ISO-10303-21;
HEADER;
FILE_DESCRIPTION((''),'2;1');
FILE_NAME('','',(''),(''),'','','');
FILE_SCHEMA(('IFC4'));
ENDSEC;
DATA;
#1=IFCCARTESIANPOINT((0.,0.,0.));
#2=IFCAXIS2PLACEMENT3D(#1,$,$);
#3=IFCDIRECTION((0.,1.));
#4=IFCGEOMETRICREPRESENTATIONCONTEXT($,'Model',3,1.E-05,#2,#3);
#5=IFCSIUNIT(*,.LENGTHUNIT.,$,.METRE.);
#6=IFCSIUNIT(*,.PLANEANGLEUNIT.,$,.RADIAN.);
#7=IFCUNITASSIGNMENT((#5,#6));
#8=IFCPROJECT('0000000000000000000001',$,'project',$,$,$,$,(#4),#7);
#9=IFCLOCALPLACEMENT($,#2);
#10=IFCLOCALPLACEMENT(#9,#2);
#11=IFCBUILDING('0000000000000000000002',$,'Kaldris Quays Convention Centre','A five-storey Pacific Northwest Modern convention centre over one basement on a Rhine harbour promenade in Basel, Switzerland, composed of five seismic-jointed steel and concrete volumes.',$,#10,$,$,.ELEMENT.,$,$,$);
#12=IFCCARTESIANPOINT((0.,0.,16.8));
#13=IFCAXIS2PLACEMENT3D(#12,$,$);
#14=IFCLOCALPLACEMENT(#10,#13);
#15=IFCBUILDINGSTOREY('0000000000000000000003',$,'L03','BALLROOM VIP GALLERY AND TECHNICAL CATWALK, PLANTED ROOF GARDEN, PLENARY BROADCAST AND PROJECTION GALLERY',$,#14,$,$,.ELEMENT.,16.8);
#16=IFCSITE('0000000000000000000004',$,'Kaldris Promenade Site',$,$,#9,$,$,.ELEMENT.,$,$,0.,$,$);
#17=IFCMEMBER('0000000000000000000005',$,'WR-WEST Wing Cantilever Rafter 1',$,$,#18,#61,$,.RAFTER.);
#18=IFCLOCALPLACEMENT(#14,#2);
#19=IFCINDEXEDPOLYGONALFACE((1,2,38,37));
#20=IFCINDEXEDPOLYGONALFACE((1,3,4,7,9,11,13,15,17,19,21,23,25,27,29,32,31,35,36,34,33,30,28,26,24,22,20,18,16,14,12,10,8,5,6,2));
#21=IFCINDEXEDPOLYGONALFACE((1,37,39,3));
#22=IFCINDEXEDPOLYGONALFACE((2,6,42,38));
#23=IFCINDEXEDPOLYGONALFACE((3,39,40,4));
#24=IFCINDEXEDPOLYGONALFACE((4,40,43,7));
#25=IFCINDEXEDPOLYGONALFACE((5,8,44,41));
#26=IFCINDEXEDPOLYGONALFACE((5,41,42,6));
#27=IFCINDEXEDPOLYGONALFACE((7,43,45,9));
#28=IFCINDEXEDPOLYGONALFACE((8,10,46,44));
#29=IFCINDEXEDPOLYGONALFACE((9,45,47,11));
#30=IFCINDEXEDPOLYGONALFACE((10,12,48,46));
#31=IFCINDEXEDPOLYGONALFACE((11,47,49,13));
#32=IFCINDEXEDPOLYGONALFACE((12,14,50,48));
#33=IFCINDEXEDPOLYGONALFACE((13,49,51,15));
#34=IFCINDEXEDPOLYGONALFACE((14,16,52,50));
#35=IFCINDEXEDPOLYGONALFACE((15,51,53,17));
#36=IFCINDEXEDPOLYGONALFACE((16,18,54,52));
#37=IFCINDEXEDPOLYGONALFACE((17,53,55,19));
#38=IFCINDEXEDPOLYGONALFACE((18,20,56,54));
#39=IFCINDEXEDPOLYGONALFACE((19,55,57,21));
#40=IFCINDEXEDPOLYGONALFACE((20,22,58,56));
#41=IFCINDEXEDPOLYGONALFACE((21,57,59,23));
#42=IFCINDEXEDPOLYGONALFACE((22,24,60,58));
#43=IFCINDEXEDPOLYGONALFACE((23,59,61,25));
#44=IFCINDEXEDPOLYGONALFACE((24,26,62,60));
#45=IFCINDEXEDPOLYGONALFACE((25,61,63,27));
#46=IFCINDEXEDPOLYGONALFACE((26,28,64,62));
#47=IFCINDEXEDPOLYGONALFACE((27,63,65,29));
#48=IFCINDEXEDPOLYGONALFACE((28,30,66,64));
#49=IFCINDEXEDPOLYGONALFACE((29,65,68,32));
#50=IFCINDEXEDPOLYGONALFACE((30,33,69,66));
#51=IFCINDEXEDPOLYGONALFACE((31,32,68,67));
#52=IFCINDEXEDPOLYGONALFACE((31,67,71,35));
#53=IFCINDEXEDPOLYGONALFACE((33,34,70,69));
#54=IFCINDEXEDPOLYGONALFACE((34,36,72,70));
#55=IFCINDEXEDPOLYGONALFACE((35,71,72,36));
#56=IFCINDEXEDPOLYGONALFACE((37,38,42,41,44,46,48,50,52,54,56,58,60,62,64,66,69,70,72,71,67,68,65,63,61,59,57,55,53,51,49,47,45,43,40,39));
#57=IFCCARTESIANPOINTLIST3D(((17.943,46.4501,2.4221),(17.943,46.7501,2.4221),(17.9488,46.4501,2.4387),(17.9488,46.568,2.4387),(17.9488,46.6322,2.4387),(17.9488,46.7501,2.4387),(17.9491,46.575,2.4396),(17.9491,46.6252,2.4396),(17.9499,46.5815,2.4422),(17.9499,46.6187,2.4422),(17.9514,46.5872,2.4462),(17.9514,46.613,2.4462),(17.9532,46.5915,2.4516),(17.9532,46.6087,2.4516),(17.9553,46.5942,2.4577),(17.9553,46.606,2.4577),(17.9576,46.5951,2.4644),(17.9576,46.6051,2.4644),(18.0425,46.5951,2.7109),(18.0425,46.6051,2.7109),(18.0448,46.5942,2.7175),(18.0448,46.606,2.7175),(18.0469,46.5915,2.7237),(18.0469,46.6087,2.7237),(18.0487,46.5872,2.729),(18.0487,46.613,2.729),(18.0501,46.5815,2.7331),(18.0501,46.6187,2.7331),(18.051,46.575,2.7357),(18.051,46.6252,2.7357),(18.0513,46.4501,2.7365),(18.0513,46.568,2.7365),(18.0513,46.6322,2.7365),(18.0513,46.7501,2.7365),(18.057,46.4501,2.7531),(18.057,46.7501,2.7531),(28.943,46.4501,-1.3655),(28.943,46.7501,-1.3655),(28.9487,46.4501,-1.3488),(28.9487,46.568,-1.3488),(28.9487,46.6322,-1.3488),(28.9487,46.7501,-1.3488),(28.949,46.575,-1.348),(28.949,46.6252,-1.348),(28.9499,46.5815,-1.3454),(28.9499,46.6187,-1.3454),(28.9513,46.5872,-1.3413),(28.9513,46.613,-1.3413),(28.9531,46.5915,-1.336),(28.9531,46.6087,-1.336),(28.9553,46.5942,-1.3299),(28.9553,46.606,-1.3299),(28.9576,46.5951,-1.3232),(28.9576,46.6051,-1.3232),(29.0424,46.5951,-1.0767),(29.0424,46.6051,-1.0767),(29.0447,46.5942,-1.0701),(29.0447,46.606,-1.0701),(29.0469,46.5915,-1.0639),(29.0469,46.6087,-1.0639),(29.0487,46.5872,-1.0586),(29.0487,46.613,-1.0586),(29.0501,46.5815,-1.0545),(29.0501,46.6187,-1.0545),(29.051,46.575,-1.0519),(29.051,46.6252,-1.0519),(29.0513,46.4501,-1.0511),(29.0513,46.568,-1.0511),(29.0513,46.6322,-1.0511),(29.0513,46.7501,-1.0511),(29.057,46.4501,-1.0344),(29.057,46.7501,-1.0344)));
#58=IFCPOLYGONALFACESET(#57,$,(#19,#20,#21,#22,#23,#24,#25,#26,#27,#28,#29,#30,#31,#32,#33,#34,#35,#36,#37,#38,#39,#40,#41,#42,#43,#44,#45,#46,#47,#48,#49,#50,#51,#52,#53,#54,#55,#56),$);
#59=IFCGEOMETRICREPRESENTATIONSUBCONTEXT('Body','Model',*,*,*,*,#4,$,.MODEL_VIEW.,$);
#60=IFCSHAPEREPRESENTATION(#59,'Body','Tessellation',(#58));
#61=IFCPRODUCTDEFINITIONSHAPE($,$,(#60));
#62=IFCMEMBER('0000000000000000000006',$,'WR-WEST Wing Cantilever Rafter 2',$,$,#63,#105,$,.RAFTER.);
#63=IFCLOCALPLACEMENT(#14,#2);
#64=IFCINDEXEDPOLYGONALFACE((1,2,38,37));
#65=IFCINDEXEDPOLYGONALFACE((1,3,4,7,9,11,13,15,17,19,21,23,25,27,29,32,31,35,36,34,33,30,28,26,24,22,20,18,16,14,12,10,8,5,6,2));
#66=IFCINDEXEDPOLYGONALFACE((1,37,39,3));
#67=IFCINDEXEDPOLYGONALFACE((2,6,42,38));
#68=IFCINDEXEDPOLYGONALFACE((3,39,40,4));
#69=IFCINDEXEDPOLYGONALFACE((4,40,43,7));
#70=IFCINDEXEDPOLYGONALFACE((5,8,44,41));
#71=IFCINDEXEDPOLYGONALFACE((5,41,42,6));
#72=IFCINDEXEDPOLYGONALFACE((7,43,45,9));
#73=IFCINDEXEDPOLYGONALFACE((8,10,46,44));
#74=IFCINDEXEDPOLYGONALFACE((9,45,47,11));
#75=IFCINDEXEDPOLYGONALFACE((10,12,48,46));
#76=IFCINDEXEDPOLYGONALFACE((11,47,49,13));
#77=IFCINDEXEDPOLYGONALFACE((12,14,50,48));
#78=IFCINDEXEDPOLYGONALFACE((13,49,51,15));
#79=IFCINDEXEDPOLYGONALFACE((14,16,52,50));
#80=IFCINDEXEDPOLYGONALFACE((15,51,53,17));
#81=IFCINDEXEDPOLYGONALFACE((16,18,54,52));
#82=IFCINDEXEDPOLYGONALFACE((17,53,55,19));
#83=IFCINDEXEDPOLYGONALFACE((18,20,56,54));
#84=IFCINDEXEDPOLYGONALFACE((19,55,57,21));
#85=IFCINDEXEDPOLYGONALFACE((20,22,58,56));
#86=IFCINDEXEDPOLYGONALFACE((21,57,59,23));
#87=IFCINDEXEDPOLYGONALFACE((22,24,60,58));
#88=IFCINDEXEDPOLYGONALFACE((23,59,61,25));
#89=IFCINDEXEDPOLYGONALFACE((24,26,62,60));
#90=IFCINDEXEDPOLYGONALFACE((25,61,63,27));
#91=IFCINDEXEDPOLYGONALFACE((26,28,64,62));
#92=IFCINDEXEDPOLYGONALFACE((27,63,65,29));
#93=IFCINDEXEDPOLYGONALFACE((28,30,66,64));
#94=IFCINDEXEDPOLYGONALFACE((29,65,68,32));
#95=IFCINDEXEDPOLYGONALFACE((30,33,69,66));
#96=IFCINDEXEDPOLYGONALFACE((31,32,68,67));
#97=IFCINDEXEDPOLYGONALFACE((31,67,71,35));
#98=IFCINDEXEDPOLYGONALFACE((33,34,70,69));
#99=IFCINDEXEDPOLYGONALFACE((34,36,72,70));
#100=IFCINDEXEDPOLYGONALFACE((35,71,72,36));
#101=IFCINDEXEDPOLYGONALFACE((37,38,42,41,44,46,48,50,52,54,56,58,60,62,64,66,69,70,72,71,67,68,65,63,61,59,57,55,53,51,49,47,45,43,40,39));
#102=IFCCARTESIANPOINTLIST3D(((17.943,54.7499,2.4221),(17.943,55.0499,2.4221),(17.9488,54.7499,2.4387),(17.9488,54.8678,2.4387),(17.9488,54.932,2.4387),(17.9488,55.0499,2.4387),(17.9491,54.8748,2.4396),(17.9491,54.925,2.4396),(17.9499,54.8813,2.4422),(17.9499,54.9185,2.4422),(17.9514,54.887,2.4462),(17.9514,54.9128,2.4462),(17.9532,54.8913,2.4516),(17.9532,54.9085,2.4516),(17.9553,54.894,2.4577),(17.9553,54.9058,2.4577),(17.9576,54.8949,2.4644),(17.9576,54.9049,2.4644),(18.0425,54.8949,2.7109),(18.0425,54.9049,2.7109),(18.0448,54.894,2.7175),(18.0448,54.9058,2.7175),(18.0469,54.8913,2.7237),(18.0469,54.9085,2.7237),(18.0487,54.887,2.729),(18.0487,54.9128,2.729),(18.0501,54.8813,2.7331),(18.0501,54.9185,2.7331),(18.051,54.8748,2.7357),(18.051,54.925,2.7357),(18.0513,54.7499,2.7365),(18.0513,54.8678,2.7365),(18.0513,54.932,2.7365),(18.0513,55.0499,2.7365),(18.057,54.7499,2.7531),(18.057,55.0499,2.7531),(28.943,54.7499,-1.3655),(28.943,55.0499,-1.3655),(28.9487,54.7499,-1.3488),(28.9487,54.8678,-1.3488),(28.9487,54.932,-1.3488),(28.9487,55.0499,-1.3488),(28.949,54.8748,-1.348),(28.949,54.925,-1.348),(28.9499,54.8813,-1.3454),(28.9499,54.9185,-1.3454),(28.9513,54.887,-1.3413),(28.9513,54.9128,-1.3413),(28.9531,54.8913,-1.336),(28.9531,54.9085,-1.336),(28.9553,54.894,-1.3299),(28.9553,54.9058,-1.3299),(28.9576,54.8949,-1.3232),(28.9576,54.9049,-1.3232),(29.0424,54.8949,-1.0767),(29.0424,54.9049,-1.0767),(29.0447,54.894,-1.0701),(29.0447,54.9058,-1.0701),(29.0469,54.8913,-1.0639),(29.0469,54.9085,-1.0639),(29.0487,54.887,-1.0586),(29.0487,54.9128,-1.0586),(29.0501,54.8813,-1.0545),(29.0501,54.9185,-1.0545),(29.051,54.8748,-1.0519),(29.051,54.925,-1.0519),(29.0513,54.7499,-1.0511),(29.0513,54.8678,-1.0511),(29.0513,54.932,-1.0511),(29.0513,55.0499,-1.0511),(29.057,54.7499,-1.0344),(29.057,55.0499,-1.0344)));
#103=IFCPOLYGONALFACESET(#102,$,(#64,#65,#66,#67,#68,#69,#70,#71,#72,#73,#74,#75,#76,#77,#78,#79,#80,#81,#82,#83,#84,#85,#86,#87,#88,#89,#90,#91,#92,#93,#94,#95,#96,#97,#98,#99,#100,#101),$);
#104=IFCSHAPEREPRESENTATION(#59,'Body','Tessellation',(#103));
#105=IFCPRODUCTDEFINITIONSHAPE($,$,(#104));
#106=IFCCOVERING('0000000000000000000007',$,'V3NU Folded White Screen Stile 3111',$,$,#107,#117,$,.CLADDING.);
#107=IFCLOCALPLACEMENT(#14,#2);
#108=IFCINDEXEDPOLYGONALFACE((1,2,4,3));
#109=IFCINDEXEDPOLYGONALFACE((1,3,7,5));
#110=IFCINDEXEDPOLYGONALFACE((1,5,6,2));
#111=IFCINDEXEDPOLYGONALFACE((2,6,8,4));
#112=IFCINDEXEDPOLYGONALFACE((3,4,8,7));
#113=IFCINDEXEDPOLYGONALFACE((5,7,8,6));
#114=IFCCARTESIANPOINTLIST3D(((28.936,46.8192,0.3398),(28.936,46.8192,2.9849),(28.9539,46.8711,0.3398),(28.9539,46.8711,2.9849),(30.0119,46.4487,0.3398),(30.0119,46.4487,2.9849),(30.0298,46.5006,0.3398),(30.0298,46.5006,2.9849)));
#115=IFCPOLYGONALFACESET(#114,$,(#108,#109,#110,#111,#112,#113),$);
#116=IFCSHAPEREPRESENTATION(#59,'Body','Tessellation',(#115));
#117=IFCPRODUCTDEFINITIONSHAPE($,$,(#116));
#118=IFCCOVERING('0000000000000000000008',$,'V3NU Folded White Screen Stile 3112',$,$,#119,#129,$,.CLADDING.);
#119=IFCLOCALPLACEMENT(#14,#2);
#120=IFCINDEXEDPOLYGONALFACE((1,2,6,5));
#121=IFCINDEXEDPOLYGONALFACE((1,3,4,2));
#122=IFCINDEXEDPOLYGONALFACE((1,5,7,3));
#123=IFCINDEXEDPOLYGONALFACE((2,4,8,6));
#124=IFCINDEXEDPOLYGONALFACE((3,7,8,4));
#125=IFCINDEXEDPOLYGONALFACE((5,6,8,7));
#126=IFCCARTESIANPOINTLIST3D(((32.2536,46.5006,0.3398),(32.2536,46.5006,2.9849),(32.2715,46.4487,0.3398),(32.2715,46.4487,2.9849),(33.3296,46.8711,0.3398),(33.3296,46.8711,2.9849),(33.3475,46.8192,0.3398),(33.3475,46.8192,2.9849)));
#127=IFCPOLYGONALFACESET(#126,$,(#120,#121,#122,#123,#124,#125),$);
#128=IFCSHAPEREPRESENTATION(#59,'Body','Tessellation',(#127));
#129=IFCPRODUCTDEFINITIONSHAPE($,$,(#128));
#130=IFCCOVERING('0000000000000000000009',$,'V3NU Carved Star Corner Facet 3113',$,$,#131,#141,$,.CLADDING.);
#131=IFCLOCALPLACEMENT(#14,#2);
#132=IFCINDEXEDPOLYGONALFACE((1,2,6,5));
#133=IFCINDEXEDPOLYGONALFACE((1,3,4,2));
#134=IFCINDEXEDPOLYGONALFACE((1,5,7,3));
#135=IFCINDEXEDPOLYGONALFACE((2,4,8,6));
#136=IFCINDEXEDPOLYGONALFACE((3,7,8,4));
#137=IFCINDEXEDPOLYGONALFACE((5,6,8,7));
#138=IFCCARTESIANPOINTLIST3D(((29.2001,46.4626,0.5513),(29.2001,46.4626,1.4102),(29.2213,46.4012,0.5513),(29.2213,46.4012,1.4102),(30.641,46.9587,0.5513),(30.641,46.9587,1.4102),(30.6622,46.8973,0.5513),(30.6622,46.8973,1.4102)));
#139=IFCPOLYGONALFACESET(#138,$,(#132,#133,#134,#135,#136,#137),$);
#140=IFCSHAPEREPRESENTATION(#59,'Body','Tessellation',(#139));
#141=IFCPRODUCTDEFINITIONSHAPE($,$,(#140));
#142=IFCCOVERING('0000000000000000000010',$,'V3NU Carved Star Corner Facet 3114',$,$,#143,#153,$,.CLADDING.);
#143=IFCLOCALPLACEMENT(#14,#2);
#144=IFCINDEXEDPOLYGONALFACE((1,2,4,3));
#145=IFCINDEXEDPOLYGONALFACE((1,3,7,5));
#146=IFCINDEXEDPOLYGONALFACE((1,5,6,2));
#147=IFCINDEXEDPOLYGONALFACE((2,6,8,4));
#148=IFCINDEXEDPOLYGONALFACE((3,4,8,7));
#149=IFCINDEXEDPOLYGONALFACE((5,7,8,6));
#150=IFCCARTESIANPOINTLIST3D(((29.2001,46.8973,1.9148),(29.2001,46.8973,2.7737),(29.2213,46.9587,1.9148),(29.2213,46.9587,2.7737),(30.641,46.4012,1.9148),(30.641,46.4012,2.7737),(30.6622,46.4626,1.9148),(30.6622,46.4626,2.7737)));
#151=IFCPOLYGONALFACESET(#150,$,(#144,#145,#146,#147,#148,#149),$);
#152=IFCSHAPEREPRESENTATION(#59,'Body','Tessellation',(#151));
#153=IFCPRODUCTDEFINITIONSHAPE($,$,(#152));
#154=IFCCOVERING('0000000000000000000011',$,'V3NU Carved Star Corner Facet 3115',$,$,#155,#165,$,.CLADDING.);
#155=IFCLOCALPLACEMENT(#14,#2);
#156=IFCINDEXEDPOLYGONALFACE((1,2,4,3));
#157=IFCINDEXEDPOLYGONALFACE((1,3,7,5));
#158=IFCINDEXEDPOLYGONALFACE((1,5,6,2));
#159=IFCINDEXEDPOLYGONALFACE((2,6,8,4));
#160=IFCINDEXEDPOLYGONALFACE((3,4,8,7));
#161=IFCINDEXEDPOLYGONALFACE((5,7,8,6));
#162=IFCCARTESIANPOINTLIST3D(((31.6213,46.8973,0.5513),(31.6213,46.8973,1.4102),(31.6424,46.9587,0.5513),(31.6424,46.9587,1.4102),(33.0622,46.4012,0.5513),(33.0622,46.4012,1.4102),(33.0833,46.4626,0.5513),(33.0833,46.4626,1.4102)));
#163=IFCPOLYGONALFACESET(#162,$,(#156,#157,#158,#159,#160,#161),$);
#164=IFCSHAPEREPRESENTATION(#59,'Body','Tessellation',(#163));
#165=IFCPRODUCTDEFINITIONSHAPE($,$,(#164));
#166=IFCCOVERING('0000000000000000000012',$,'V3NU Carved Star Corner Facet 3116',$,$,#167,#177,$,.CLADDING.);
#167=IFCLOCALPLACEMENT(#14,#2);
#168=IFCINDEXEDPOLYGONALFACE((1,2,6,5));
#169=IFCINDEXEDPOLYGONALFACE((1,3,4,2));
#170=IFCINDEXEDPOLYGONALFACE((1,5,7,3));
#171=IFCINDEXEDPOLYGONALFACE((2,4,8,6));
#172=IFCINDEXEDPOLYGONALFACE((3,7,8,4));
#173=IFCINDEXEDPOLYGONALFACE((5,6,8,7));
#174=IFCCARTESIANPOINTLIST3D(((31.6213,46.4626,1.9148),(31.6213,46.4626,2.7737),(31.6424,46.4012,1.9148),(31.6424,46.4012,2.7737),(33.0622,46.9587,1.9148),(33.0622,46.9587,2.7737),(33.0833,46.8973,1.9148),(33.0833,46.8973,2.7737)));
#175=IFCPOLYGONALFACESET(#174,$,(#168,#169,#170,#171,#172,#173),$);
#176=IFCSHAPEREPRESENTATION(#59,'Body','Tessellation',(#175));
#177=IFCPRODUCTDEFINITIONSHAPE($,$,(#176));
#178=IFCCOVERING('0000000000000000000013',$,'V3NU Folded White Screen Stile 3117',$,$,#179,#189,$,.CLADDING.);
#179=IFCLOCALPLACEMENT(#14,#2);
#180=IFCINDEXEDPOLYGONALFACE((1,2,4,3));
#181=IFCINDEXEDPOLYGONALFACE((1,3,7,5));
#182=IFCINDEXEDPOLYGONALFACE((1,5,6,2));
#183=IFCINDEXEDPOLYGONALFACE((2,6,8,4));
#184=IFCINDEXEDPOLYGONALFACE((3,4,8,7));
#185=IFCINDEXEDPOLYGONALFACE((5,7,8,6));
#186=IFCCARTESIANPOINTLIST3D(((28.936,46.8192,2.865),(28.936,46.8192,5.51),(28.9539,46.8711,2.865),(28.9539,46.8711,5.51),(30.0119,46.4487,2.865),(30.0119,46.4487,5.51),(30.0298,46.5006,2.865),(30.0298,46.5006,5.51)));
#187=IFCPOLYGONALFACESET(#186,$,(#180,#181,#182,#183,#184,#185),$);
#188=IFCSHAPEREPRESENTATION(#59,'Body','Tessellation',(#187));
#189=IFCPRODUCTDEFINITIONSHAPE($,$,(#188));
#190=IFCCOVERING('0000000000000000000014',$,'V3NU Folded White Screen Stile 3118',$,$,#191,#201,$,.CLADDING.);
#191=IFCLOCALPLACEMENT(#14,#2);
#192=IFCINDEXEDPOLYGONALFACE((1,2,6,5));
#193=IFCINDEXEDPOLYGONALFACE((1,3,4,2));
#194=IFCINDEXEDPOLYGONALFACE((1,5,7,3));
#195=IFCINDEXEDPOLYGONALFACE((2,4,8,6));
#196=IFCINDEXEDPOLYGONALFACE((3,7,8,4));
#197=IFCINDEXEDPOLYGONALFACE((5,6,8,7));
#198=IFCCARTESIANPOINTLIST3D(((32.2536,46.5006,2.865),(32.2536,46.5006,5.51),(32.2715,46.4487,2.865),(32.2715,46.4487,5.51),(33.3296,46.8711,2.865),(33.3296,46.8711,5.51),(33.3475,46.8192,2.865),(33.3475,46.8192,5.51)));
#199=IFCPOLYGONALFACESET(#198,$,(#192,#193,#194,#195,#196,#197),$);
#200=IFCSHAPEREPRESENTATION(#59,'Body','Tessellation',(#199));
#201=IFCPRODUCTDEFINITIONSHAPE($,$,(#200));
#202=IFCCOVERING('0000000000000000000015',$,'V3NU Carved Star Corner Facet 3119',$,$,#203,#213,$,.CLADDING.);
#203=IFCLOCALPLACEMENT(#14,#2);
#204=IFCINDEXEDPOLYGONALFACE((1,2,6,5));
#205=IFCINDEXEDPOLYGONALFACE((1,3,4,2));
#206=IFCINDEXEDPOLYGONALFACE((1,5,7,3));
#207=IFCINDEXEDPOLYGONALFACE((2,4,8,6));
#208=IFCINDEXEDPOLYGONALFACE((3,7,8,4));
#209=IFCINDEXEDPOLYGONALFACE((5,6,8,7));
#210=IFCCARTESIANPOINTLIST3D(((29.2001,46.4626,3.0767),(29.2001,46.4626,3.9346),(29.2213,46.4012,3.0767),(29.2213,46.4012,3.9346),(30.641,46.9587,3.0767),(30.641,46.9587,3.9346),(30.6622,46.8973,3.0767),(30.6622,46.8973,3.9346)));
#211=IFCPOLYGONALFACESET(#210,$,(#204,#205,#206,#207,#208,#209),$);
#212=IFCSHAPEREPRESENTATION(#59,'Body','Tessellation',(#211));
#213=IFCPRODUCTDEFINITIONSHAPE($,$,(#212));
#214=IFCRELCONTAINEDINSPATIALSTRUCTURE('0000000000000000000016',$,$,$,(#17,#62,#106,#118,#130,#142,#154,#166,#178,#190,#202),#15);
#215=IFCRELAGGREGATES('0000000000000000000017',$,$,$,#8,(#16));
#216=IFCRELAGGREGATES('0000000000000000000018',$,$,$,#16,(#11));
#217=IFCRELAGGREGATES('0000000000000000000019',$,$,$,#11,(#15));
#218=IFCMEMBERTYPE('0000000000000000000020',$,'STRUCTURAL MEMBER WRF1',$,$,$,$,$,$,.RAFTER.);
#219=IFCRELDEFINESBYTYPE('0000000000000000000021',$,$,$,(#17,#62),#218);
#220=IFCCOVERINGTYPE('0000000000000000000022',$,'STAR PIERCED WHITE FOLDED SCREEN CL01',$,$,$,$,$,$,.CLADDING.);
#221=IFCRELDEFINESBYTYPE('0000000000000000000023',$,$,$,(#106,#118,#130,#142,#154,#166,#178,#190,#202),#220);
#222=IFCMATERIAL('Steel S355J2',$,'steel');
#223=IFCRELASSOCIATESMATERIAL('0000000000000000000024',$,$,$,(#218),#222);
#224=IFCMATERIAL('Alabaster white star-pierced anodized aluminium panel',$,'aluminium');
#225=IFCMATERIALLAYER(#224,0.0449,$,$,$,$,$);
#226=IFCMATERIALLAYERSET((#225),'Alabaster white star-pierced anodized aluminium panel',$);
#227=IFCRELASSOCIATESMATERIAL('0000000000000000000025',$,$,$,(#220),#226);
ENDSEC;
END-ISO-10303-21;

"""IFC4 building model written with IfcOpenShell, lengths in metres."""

from ifc_helpers import new_model, si_unit, direction, frame, origin, origin_2d, place, context, subcontext, project, spatial, rectangle, i_section, extrude, material, layer, layer_set, material_profile, profile_set, type_object, element, save


model = new_model("IFC4")

# Units and contexts
model_context = context("Model", 3, precision=1e-05, world=origin(), true_north=direction((0.0, 1.0)))
body_context = subcontext(model_context, "Body", "Model", "MODEL_VIEW")
ifc_project = project(units=[si_unit("LENGTHUNIT", "METRE"), si_unit("PLANEANGLEUNIT", "RADIAN")], contexts=[model_context])

# Site, building, storey
site_placement = place(None, origin())
site = spatial("IfcSite", under=ifc_project, at=site_placement, Name="Kaldris Promenade Site", CompositionType="ELEMENT", RefElevation=0.0)
building_placement = place(site_placement, origin())
building = spatial("IfcBuilding", under=site, at=building_placement, Name="Kaldris Quays Convention Centre", Description="A five-storey Pacific Northwest Modern convention centre over one basement on a Rhine harbour promenade in Basel, Switzerland, composed of five seismic-jointed steel and concrete volumes.", CompositionType="ELEMENT")
storey_placement = place(building_placement, frame((0.0, 0.0, 16.8)))
storey = spatial("IfcBuildingStorey", under=building, at=storey_placement, Name="L03", Description="BALLROOM VIP GALLERY AND TECHNICAL CATWALK, PLANTED ROOF GARDEN, PLENARY BROADCAST AND PROJECTION GALLERY", CompositionType="ELEMENT", Elevation=16.8)

# Members
ifc_material_1 = material(Name="Steel S355J2", Category="steel")
ifc_material_profile = material_profile(ifc_material_1, i_section(OverallWidth=0.3, OverallDepth=0.3501, WebThickness=0.01, FlangeThickness=0.0176, FilletRadius=0.0271, at=origin_2d()), Name="HEA 360")
ifc_profile_set = profile_set([ifc_material_profile], Name="Steel S355J2")
member_type = type_object("IfcMemberType", Name="STRUCTURAL MEMBER WRF1", PredefinedType="RAFTER", material=ifc_profile_set)
for number, where, z_axis, x_axis, name in (
    (1, (29.0, 46.6001, -1.2), (-0.945519, 0.0, 0.325568), (0.0, -1.0, 0.0), "WR-WEST Wing Cantilever Rafter 1"),
    (2, (29.0, 54.8999, -1.2), (-0.945519, 0.0, 0.325568), (0.0, -1.0, 0.0), "WR-WEST Wing Cantilever Rafter 2"),
):
    element("IfcMember", number, at=place(storey_placement, frame(where, z_axis=z_axis, x_axis=x_axis)), inside=storey, type_object=member_type, Name=name, PredefinedType="RAFTER", context=body_context, shape_type="SweptSolid", body=[
        extrude(i_section(OverallWidth=0.3, OverallDepth=0.3501, WebThickness=0.01, FlangeThickness=0.0176, FilletRadius=0.0271, at=origin_2d()), origin(), (0.0, 0.0, 1.0), 11.6338),
    ])

# Coverings
ifc_material_2 = material(Name="Alabaster white star-pierced anodized aluminium panel", Category="aluminium")
ifc_layer = layer(ifc_material_2, 0.0449)
ifc_layer_set = layer_set([ifc_layer], Name="Alabaster white star-pierced anodized aluminium panel")
covering_type = type_object("IfcCoveringType", Name="STAR PIERCED WHITE FOLDED SCREEN CL01", PredefinedType="CLADDING", material=ifc_layer_set)
for number, where, z_axis, x_axis, name in (
    (3, (29.4829, 46.6599, 0.3398), (0.0, 0.0, 1.0), (0.945519, -0.325568, 0.0), "V3NU Folded White Screen Stile 3111"),
    (4, (32.8005, 46.6599, 0.3398), (0.0, 0.0, 1.0), (0.945519, 0.325568, 0.0), "V3NU Folded White Screen Stile 3112"),
):
    element("IfcCovering", number, at=place(storey_placement, frame(where, z_axis=z_axis, x_axis=x_axis)), inside=storey, type_object=covering_type, Name=name, PredefinedType="CLADDING", context=body_context, shape_type="SweptSolid", body=[
        extrude(rectangle(XDim=1.1379, YDim=0.0549, at=origin_2d()), origin(), (0.0, 0.0, 1.0), 2.645),
    ])
for number, where, z_axis, x_axis, name in (
    (5, (29.9312, 46.6799, 0.5513), (0.0, 0.0, 1.0), (0.945519, 0.325568, 0.0), "V3NU Carved Star Corner Facet 3113"),
    (6, (29.9312, 46.6799, 1.9148), (0.0, 0.0, 1.0), (0.945519, -0.325568, 0.0), "V3NU Carved Star Corner Facet 3114"),
    (7, (32.3523, 46.6799, 0.5513), (0.0, 0.0, 1.0), (0.945519, -0.325568, 0.0), "V3NU Carved Star Corner Facet 3115"),
    (8, (32.3523, 46.6799, 1.9148), (0.0, 0.0, 1.0), (0.945519, 0.325568, 0.0), "V3NU Carved Star Corner Facet 3116"),
):
    element("IfcCovering", number, at=place(storey_placement, frame(where, z_axis=z_axis, x_axis=x_axis)), inside=storey, type_object=covering_type, Name=name, PredefinedType="CLADDING", context=body_context, shape_type="SweptSolid", body=[
        extrude(rectangle(XDim=1.5239, YDim=0.0649, at=origin_2d()), origin(), (0.0, 0.0, 1.0), 0.8589),
    ])
for number, where, z_axis, x_axis, name in (
    (9, (29.4829, 46.6599, 2.865), (0.0, 0.0, 1.0), (0.945519, -0.325568, 0.0), "V3NU Folded White Screen Stile 3117"),
    (10, (32.8005, 46.6599, 2.865), (0.0, 0.0, 1.0), (0.945519, 0.325568, 0.0), "V3NU Folded White Screen Stile 3118"),
):
    element("IfcCovering", number, at=place(storey_placement, frame(where, z_axis=z_axis, x_axis=x_axis)), inside=storey, type_object=covering_type, Name=name, PredefinedType="CLADDING", context=body_context, shape_type="SweptSolid", body=[
        extrude(rectangle(XDim=1.1379, YDim=0.0549, at=origin_2d()), origin(), (0.0, 0.0, 1.0), 2.645),
    ])
for number, where, z_axis, x_axis, name in (
    (11, (29.9312, 46.6799, 3.0767), (0.0, 0.0, 1.0), (0.945519, 0.325568, 0.0), "V3NU Carved Star Corner Facet 3119"),
):
    element("IfcCovering", number, at=place(storey_placement, frame(where, z_axis=z_axis, x_axis=x_axis)), inside=storey, type_object=covering_type, Name=name, PredefinedType="CLADDING", context=body_context, shape_type="SweptSolid", body=[
        extrude(rectangle(XDim=1.5239, YDim=0.0649, at=origin_2d()), origin(), (0.0, 0.0, 1.0), 0.8579),
    ])

save(model, "model.ifc")
